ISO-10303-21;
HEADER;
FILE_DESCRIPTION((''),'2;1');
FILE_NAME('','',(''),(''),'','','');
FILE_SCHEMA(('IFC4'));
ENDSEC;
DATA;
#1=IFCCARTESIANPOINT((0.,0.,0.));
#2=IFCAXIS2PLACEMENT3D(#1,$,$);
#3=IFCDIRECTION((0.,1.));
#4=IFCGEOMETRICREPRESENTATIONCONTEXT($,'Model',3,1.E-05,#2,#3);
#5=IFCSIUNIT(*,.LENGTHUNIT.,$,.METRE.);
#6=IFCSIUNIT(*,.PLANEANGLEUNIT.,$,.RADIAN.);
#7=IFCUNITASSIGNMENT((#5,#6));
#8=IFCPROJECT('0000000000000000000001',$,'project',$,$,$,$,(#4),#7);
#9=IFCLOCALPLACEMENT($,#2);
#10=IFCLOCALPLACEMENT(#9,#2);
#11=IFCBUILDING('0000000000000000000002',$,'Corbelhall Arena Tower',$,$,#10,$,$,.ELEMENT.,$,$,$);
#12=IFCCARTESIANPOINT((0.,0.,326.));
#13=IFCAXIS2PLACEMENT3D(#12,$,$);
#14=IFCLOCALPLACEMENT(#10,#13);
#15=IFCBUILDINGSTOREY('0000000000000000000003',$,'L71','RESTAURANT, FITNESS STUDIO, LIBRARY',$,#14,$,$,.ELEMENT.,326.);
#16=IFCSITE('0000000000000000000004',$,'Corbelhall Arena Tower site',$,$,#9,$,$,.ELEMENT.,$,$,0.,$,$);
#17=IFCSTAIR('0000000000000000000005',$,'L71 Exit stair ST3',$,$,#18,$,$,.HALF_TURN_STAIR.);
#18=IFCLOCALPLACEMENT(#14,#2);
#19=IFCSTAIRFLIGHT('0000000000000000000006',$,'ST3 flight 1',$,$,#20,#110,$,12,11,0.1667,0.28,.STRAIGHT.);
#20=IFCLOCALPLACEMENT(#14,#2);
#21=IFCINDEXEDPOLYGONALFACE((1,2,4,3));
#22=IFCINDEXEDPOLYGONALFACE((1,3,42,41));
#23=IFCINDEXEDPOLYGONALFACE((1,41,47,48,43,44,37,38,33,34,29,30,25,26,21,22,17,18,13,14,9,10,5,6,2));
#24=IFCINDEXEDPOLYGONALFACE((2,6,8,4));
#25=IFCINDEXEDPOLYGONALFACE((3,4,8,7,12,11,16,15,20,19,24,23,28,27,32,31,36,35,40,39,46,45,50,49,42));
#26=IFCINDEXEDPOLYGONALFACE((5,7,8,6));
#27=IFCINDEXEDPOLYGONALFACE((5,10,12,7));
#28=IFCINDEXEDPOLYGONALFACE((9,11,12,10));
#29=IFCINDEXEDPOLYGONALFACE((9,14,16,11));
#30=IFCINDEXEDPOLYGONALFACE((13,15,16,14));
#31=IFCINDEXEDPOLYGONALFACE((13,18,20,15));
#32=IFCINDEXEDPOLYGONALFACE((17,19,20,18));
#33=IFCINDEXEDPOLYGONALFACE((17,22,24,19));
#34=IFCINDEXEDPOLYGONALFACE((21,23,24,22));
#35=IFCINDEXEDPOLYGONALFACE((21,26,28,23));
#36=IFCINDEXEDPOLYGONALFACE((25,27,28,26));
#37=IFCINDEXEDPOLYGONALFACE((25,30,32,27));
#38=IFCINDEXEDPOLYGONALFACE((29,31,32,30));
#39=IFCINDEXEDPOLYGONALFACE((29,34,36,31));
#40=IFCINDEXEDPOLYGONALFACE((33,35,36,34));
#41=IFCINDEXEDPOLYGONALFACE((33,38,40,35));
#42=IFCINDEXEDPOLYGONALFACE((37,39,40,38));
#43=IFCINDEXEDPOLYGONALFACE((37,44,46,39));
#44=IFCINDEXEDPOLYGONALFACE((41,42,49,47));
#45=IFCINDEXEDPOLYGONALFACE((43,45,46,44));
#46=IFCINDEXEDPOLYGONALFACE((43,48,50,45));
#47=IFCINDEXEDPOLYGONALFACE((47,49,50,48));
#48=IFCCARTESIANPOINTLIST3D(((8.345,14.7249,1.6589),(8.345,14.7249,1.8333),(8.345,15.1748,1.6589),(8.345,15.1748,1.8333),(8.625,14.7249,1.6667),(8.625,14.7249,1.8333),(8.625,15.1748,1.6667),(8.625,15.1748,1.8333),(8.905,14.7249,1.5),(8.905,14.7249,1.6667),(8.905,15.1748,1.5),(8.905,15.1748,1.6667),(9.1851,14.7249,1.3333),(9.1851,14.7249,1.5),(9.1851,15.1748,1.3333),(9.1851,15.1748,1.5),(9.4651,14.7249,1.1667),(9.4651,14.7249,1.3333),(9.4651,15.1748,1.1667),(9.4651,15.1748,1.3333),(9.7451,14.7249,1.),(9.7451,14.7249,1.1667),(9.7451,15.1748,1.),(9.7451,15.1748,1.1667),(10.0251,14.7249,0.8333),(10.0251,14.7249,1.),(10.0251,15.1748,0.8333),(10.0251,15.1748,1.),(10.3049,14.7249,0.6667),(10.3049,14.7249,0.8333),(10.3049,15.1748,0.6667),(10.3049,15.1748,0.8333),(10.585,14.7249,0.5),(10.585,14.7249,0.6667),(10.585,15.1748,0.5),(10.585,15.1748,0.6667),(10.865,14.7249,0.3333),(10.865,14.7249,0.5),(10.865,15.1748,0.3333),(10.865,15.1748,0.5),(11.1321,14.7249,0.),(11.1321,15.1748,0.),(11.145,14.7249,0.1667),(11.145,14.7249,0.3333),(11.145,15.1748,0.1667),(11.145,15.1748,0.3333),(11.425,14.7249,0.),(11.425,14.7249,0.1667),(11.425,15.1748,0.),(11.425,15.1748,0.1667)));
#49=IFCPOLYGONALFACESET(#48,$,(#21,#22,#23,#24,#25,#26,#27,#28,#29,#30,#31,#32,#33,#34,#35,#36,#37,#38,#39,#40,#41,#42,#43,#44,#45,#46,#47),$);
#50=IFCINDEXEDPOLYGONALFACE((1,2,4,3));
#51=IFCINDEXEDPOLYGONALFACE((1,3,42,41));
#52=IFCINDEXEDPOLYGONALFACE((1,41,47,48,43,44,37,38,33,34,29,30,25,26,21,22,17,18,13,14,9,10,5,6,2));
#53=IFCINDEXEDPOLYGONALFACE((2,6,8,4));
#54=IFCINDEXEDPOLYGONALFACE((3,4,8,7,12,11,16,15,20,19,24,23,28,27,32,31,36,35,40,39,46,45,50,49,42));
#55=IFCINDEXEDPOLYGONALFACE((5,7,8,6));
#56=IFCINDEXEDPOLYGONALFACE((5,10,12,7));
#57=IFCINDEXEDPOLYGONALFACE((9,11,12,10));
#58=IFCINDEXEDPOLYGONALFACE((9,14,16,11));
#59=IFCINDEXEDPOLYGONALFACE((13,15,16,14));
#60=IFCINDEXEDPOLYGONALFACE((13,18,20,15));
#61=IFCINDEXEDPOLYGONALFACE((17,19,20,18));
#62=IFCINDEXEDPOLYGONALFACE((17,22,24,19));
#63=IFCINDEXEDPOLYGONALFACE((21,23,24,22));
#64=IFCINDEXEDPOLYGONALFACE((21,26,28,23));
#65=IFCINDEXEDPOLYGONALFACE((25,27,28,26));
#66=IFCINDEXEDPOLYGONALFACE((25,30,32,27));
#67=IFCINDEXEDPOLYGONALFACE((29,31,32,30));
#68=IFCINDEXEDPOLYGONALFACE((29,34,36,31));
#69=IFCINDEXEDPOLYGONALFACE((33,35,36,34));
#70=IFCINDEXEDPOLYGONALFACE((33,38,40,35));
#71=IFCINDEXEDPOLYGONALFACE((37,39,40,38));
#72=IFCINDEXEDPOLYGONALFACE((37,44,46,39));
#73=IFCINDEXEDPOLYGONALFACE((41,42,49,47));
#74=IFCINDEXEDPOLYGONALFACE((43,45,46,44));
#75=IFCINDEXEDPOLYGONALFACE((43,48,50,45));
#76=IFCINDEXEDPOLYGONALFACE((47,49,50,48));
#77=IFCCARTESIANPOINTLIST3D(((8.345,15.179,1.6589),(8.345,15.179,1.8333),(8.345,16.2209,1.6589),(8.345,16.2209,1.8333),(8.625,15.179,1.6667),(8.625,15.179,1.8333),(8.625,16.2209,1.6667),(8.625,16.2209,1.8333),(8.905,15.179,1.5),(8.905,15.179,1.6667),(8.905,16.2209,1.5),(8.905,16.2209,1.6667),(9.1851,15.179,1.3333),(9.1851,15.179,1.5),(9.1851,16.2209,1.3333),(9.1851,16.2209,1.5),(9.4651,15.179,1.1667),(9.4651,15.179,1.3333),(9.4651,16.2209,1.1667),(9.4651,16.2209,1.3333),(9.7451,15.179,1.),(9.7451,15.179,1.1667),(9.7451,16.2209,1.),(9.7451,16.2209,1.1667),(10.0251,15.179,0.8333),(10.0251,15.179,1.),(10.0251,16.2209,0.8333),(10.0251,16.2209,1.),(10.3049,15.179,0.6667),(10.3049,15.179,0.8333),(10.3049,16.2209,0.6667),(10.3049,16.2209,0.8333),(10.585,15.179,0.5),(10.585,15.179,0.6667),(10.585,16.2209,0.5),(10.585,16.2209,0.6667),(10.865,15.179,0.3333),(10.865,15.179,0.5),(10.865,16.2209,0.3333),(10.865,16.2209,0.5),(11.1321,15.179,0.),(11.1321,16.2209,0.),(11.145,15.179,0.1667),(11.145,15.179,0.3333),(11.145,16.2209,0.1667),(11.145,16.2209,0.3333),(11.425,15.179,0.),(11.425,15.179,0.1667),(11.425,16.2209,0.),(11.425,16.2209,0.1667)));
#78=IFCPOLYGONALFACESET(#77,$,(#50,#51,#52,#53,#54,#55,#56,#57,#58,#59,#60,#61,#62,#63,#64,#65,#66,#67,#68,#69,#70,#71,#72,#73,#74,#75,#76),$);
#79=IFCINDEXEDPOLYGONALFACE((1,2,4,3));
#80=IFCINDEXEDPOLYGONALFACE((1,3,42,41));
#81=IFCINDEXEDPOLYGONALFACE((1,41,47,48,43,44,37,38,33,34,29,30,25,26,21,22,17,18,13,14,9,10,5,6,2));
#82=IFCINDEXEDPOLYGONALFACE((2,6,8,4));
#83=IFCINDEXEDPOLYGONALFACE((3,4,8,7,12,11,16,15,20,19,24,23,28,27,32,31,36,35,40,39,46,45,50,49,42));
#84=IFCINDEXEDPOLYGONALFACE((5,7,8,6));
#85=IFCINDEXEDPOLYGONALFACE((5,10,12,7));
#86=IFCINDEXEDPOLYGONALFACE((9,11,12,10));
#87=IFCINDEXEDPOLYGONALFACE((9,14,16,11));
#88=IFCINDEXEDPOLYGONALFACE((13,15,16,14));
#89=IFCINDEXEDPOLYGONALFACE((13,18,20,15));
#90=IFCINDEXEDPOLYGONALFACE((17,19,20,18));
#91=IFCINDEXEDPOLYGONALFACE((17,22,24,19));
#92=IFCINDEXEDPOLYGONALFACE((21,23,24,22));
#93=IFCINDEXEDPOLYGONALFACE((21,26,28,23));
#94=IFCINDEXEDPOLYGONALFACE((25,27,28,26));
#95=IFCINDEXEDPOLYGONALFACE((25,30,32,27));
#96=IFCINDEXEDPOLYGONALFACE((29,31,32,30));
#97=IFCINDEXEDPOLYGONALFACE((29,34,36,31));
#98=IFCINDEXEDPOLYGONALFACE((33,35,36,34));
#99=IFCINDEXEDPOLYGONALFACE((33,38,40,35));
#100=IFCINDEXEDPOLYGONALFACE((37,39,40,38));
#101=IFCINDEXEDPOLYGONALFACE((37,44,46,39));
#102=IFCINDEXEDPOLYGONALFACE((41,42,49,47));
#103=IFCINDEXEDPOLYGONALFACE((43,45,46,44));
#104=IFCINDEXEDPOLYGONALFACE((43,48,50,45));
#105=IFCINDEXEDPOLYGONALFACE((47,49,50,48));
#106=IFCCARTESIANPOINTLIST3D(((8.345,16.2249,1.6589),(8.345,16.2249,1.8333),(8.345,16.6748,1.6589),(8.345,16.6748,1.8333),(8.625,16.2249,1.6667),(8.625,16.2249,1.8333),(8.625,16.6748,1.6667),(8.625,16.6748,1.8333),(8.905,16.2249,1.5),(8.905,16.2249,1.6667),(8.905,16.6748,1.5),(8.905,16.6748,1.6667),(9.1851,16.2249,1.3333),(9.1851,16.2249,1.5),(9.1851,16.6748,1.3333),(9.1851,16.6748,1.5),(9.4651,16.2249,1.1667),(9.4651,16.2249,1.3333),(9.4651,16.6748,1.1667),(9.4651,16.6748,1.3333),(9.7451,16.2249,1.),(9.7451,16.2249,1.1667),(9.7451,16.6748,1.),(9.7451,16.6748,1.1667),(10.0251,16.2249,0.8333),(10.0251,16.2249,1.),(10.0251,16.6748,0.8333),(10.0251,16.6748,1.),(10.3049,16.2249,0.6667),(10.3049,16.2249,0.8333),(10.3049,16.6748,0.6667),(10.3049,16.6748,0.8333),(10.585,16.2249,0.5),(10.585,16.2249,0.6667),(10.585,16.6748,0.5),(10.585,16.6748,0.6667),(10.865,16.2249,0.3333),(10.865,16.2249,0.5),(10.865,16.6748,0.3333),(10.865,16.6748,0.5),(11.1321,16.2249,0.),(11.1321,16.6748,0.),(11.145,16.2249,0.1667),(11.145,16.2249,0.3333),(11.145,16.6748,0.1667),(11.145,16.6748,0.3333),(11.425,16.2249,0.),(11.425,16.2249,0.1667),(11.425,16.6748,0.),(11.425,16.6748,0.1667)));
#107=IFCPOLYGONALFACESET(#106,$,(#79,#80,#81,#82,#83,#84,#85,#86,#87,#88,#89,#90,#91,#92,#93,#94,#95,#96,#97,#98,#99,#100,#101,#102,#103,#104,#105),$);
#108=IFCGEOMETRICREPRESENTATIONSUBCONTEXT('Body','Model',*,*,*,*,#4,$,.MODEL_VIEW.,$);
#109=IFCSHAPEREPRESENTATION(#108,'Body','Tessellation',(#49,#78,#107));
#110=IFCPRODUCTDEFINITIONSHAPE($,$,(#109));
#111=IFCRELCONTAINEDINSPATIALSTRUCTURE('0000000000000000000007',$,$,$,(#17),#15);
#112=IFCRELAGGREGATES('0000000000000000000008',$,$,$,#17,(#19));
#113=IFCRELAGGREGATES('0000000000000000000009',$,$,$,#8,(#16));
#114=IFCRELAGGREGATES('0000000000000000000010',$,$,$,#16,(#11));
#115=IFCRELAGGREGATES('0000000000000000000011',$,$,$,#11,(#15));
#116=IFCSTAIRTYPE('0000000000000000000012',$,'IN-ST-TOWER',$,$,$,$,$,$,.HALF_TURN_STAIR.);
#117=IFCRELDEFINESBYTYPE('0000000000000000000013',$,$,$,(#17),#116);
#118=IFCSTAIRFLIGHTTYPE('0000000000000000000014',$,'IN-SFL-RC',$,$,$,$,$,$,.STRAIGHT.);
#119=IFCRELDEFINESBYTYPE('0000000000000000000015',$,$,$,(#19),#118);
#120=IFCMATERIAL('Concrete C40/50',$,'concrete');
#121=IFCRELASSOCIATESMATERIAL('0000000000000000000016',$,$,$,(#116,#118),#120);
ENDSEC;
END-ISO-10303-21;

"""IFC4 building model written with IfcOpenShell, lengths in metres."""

from ifc_helpers import new_model, si_unit, direction, frame, origin, place, context, subcontext, project, spatial, polyline, outline, extrude, material, type_object, element, aggregate, save


model = new_model("IFC4")

# Units and contexts
model_context = context("Model", 3, precision=1e-05, world=origin(), true_north=direction((0.0, 1.0)))
body_context = subcontext(model_context, "Body", "Model", "MODEL_VIEW")
ifc_project = project(units=[si_unit("LENGTHUNIT", "METRE"), si_unit("PLANEANGLEUNIT", "RADIAN")], contexts=[model_context])

# Site, building, storey
site_placement = place(None, origin())
site = spatial("IfcSite", under=ifc_project, at=site_placement, Name="Corbelhall Arena Tower site", CompositionType="ELEMENT", RefElevation=0.0)
building_placement = place(site_placement, origin())
building = spatial("IfcBuilding", under=site, at=building_placement, Name="Corbelhall Arena Tower", CompositionType="ELEMENT")
storey_placement = place(building_placement, frame((0.0, 0.0, 326.0)))
storey = spatial("IfcBuildingStorey", under=building, at=storey_placement, Name="L71", Description="RESTAURANT, FITNESS STUDIO, LIBRARY", CompositionType="ELEMENT", Elevation=326.0)

# Stair, stair flight
ifc_material_1 = material(Name="Concrete C40/50", Category="concrete")
stair_type = type_object("IfcStairType", Name="IN-ST-TOWER", PredefinedType="HALF_TURN_STAIR", material=ifc_material_1)
stair_placement = place(storey_placement, origin())
stair = element("IfcStair", 1, at=stair_placement, inside=storey, type_object=stair_type, Name="L71 Exit stair ST3", PredefinedType="HALF_TURN_STAIR")
stair_flight_type = type_object("IfcStairFlightType", Name="IN-SFL-RC", PredefinedType="STRAIGHT", material=ifc_material_1)
stair_flight_placement = place(storey_placement, frame((11.425, 15.7, 0.0), z_axis=(0.0, 0.0, 1.0), x_axis=(-1.0, 0.0, 0.0)))
stair_flight = element("IfcStairFlight", 2, at=stair_flight_placement, type_object=stair_flight_type, Name="ST3 flight 1", NumberOfRisers=12, NumberOfTreads=11, PredefinedType="STRAIGHT", RiserHeight=0.1667, TreadLength=0.28, context=body_context, shape_type="SweptSolid", body=[
    extrude(outline(polyline([(0.0, 0.0), (0.0, 0.1667), (0.28, 0.1667), (0.28, 0.3333), (0.5601, 0.3333), (0.5601, 0.5), (0.8401, 0.5), (0.8401, 0.6667), (1.1201, 0.6667), (1.1201, 0.8333), (1.3999, 0.8333), (1.3999, 1.0), (1.6799, 1.0), (1.6799, 1.1667), (1.96, 1.1667), (1.96, 1.3333), (2.24, 1.3333), (2.24, 1.5), (2.52, 1.5), (2.52, 1.6667), (2.8, 1.6667), (2.8, 1.8333), (3.0801, 1.8333), (3.0801, 2.0), (3.0801, 1.6589), (0.293, 0.0), (0.0, 0.0)])), frame((0.0, 0.9751, 0.0), z_axis=(0.0, -1.0, 0.0), x_axis=(1.0, 0.0, 0.0)), (0.0, 0.0, 1.0), 0.45),
    extrude(outline(polyline([(0.0, 0.0), (0.0, 0.1667), (0.28, 0.1667), (0.28, 0.3333), (0.5601, 0.3333), (0.5601, 0.5), (0.8401, 0.5), (0.8401, 0.6667), (1.1201, 0.6667), (1.1201, 0.8333), (1.3999, 0.8333), (1.3999, 1.0), (1.6799, 1.0), (1.6799, 1.1667), (1.96, 1.1667), (1.96, 1.3333), (2.24, 1.3333), (2.24, 1.5), (2.52, 1.5), (2.52, 1.6667), (2.8, 1.6667), (2.8, 1.8333), (3.0801, 1.8333), (3.0801, 2.0), (3.0801, 1.6589), (0.293, 0.0), (0.0, 0.0)])), frame((0.0, 0.521, 0.0), z_axis=(0.0, -1.0, 0.0), x_axis=(1.0, 0.0, 0.0)), (0.0, 0.0, 1.0), 1.042),
    extrude(outline(polyline([(0.0, 0.0), (0.0, 0.1667), (0.28, 0.1667), (0.28, 0.3333), (0.5601, 0.3333), (0.5601, 0.5), (0.8401, 0.5), (0.8401, 0.6667), (1.1201, 0.6667), (1.1201, 0.8333), (1.3999, 0.8333), (1.3999, 1.0), (1.6799, 1.0), (1.6799, 1.1667), (1.96, 1.1667), (1.96, 1.3333), (2.24, 1.3333), (2.24, 1.5), (2.52, 1.5), (2.52, 1.6667), (2.8, 1.6667), (2.8, 1.8333), (3.0801, 1.8333), (3.0801, 2.0), (3.0801, 1.6589), (0.293, 0.0), (0.0, 0.0)])), frame((0.0, -0.5249, 0.0), z_axis=(0.0, -1.0, 0.0), x_axis=(1.0, 0.0, 0.0)), (0.0, 0.0, 1.0), 0.45),
])
aggregate(stair, [stair_flight])

save(model, "model.ifc")
